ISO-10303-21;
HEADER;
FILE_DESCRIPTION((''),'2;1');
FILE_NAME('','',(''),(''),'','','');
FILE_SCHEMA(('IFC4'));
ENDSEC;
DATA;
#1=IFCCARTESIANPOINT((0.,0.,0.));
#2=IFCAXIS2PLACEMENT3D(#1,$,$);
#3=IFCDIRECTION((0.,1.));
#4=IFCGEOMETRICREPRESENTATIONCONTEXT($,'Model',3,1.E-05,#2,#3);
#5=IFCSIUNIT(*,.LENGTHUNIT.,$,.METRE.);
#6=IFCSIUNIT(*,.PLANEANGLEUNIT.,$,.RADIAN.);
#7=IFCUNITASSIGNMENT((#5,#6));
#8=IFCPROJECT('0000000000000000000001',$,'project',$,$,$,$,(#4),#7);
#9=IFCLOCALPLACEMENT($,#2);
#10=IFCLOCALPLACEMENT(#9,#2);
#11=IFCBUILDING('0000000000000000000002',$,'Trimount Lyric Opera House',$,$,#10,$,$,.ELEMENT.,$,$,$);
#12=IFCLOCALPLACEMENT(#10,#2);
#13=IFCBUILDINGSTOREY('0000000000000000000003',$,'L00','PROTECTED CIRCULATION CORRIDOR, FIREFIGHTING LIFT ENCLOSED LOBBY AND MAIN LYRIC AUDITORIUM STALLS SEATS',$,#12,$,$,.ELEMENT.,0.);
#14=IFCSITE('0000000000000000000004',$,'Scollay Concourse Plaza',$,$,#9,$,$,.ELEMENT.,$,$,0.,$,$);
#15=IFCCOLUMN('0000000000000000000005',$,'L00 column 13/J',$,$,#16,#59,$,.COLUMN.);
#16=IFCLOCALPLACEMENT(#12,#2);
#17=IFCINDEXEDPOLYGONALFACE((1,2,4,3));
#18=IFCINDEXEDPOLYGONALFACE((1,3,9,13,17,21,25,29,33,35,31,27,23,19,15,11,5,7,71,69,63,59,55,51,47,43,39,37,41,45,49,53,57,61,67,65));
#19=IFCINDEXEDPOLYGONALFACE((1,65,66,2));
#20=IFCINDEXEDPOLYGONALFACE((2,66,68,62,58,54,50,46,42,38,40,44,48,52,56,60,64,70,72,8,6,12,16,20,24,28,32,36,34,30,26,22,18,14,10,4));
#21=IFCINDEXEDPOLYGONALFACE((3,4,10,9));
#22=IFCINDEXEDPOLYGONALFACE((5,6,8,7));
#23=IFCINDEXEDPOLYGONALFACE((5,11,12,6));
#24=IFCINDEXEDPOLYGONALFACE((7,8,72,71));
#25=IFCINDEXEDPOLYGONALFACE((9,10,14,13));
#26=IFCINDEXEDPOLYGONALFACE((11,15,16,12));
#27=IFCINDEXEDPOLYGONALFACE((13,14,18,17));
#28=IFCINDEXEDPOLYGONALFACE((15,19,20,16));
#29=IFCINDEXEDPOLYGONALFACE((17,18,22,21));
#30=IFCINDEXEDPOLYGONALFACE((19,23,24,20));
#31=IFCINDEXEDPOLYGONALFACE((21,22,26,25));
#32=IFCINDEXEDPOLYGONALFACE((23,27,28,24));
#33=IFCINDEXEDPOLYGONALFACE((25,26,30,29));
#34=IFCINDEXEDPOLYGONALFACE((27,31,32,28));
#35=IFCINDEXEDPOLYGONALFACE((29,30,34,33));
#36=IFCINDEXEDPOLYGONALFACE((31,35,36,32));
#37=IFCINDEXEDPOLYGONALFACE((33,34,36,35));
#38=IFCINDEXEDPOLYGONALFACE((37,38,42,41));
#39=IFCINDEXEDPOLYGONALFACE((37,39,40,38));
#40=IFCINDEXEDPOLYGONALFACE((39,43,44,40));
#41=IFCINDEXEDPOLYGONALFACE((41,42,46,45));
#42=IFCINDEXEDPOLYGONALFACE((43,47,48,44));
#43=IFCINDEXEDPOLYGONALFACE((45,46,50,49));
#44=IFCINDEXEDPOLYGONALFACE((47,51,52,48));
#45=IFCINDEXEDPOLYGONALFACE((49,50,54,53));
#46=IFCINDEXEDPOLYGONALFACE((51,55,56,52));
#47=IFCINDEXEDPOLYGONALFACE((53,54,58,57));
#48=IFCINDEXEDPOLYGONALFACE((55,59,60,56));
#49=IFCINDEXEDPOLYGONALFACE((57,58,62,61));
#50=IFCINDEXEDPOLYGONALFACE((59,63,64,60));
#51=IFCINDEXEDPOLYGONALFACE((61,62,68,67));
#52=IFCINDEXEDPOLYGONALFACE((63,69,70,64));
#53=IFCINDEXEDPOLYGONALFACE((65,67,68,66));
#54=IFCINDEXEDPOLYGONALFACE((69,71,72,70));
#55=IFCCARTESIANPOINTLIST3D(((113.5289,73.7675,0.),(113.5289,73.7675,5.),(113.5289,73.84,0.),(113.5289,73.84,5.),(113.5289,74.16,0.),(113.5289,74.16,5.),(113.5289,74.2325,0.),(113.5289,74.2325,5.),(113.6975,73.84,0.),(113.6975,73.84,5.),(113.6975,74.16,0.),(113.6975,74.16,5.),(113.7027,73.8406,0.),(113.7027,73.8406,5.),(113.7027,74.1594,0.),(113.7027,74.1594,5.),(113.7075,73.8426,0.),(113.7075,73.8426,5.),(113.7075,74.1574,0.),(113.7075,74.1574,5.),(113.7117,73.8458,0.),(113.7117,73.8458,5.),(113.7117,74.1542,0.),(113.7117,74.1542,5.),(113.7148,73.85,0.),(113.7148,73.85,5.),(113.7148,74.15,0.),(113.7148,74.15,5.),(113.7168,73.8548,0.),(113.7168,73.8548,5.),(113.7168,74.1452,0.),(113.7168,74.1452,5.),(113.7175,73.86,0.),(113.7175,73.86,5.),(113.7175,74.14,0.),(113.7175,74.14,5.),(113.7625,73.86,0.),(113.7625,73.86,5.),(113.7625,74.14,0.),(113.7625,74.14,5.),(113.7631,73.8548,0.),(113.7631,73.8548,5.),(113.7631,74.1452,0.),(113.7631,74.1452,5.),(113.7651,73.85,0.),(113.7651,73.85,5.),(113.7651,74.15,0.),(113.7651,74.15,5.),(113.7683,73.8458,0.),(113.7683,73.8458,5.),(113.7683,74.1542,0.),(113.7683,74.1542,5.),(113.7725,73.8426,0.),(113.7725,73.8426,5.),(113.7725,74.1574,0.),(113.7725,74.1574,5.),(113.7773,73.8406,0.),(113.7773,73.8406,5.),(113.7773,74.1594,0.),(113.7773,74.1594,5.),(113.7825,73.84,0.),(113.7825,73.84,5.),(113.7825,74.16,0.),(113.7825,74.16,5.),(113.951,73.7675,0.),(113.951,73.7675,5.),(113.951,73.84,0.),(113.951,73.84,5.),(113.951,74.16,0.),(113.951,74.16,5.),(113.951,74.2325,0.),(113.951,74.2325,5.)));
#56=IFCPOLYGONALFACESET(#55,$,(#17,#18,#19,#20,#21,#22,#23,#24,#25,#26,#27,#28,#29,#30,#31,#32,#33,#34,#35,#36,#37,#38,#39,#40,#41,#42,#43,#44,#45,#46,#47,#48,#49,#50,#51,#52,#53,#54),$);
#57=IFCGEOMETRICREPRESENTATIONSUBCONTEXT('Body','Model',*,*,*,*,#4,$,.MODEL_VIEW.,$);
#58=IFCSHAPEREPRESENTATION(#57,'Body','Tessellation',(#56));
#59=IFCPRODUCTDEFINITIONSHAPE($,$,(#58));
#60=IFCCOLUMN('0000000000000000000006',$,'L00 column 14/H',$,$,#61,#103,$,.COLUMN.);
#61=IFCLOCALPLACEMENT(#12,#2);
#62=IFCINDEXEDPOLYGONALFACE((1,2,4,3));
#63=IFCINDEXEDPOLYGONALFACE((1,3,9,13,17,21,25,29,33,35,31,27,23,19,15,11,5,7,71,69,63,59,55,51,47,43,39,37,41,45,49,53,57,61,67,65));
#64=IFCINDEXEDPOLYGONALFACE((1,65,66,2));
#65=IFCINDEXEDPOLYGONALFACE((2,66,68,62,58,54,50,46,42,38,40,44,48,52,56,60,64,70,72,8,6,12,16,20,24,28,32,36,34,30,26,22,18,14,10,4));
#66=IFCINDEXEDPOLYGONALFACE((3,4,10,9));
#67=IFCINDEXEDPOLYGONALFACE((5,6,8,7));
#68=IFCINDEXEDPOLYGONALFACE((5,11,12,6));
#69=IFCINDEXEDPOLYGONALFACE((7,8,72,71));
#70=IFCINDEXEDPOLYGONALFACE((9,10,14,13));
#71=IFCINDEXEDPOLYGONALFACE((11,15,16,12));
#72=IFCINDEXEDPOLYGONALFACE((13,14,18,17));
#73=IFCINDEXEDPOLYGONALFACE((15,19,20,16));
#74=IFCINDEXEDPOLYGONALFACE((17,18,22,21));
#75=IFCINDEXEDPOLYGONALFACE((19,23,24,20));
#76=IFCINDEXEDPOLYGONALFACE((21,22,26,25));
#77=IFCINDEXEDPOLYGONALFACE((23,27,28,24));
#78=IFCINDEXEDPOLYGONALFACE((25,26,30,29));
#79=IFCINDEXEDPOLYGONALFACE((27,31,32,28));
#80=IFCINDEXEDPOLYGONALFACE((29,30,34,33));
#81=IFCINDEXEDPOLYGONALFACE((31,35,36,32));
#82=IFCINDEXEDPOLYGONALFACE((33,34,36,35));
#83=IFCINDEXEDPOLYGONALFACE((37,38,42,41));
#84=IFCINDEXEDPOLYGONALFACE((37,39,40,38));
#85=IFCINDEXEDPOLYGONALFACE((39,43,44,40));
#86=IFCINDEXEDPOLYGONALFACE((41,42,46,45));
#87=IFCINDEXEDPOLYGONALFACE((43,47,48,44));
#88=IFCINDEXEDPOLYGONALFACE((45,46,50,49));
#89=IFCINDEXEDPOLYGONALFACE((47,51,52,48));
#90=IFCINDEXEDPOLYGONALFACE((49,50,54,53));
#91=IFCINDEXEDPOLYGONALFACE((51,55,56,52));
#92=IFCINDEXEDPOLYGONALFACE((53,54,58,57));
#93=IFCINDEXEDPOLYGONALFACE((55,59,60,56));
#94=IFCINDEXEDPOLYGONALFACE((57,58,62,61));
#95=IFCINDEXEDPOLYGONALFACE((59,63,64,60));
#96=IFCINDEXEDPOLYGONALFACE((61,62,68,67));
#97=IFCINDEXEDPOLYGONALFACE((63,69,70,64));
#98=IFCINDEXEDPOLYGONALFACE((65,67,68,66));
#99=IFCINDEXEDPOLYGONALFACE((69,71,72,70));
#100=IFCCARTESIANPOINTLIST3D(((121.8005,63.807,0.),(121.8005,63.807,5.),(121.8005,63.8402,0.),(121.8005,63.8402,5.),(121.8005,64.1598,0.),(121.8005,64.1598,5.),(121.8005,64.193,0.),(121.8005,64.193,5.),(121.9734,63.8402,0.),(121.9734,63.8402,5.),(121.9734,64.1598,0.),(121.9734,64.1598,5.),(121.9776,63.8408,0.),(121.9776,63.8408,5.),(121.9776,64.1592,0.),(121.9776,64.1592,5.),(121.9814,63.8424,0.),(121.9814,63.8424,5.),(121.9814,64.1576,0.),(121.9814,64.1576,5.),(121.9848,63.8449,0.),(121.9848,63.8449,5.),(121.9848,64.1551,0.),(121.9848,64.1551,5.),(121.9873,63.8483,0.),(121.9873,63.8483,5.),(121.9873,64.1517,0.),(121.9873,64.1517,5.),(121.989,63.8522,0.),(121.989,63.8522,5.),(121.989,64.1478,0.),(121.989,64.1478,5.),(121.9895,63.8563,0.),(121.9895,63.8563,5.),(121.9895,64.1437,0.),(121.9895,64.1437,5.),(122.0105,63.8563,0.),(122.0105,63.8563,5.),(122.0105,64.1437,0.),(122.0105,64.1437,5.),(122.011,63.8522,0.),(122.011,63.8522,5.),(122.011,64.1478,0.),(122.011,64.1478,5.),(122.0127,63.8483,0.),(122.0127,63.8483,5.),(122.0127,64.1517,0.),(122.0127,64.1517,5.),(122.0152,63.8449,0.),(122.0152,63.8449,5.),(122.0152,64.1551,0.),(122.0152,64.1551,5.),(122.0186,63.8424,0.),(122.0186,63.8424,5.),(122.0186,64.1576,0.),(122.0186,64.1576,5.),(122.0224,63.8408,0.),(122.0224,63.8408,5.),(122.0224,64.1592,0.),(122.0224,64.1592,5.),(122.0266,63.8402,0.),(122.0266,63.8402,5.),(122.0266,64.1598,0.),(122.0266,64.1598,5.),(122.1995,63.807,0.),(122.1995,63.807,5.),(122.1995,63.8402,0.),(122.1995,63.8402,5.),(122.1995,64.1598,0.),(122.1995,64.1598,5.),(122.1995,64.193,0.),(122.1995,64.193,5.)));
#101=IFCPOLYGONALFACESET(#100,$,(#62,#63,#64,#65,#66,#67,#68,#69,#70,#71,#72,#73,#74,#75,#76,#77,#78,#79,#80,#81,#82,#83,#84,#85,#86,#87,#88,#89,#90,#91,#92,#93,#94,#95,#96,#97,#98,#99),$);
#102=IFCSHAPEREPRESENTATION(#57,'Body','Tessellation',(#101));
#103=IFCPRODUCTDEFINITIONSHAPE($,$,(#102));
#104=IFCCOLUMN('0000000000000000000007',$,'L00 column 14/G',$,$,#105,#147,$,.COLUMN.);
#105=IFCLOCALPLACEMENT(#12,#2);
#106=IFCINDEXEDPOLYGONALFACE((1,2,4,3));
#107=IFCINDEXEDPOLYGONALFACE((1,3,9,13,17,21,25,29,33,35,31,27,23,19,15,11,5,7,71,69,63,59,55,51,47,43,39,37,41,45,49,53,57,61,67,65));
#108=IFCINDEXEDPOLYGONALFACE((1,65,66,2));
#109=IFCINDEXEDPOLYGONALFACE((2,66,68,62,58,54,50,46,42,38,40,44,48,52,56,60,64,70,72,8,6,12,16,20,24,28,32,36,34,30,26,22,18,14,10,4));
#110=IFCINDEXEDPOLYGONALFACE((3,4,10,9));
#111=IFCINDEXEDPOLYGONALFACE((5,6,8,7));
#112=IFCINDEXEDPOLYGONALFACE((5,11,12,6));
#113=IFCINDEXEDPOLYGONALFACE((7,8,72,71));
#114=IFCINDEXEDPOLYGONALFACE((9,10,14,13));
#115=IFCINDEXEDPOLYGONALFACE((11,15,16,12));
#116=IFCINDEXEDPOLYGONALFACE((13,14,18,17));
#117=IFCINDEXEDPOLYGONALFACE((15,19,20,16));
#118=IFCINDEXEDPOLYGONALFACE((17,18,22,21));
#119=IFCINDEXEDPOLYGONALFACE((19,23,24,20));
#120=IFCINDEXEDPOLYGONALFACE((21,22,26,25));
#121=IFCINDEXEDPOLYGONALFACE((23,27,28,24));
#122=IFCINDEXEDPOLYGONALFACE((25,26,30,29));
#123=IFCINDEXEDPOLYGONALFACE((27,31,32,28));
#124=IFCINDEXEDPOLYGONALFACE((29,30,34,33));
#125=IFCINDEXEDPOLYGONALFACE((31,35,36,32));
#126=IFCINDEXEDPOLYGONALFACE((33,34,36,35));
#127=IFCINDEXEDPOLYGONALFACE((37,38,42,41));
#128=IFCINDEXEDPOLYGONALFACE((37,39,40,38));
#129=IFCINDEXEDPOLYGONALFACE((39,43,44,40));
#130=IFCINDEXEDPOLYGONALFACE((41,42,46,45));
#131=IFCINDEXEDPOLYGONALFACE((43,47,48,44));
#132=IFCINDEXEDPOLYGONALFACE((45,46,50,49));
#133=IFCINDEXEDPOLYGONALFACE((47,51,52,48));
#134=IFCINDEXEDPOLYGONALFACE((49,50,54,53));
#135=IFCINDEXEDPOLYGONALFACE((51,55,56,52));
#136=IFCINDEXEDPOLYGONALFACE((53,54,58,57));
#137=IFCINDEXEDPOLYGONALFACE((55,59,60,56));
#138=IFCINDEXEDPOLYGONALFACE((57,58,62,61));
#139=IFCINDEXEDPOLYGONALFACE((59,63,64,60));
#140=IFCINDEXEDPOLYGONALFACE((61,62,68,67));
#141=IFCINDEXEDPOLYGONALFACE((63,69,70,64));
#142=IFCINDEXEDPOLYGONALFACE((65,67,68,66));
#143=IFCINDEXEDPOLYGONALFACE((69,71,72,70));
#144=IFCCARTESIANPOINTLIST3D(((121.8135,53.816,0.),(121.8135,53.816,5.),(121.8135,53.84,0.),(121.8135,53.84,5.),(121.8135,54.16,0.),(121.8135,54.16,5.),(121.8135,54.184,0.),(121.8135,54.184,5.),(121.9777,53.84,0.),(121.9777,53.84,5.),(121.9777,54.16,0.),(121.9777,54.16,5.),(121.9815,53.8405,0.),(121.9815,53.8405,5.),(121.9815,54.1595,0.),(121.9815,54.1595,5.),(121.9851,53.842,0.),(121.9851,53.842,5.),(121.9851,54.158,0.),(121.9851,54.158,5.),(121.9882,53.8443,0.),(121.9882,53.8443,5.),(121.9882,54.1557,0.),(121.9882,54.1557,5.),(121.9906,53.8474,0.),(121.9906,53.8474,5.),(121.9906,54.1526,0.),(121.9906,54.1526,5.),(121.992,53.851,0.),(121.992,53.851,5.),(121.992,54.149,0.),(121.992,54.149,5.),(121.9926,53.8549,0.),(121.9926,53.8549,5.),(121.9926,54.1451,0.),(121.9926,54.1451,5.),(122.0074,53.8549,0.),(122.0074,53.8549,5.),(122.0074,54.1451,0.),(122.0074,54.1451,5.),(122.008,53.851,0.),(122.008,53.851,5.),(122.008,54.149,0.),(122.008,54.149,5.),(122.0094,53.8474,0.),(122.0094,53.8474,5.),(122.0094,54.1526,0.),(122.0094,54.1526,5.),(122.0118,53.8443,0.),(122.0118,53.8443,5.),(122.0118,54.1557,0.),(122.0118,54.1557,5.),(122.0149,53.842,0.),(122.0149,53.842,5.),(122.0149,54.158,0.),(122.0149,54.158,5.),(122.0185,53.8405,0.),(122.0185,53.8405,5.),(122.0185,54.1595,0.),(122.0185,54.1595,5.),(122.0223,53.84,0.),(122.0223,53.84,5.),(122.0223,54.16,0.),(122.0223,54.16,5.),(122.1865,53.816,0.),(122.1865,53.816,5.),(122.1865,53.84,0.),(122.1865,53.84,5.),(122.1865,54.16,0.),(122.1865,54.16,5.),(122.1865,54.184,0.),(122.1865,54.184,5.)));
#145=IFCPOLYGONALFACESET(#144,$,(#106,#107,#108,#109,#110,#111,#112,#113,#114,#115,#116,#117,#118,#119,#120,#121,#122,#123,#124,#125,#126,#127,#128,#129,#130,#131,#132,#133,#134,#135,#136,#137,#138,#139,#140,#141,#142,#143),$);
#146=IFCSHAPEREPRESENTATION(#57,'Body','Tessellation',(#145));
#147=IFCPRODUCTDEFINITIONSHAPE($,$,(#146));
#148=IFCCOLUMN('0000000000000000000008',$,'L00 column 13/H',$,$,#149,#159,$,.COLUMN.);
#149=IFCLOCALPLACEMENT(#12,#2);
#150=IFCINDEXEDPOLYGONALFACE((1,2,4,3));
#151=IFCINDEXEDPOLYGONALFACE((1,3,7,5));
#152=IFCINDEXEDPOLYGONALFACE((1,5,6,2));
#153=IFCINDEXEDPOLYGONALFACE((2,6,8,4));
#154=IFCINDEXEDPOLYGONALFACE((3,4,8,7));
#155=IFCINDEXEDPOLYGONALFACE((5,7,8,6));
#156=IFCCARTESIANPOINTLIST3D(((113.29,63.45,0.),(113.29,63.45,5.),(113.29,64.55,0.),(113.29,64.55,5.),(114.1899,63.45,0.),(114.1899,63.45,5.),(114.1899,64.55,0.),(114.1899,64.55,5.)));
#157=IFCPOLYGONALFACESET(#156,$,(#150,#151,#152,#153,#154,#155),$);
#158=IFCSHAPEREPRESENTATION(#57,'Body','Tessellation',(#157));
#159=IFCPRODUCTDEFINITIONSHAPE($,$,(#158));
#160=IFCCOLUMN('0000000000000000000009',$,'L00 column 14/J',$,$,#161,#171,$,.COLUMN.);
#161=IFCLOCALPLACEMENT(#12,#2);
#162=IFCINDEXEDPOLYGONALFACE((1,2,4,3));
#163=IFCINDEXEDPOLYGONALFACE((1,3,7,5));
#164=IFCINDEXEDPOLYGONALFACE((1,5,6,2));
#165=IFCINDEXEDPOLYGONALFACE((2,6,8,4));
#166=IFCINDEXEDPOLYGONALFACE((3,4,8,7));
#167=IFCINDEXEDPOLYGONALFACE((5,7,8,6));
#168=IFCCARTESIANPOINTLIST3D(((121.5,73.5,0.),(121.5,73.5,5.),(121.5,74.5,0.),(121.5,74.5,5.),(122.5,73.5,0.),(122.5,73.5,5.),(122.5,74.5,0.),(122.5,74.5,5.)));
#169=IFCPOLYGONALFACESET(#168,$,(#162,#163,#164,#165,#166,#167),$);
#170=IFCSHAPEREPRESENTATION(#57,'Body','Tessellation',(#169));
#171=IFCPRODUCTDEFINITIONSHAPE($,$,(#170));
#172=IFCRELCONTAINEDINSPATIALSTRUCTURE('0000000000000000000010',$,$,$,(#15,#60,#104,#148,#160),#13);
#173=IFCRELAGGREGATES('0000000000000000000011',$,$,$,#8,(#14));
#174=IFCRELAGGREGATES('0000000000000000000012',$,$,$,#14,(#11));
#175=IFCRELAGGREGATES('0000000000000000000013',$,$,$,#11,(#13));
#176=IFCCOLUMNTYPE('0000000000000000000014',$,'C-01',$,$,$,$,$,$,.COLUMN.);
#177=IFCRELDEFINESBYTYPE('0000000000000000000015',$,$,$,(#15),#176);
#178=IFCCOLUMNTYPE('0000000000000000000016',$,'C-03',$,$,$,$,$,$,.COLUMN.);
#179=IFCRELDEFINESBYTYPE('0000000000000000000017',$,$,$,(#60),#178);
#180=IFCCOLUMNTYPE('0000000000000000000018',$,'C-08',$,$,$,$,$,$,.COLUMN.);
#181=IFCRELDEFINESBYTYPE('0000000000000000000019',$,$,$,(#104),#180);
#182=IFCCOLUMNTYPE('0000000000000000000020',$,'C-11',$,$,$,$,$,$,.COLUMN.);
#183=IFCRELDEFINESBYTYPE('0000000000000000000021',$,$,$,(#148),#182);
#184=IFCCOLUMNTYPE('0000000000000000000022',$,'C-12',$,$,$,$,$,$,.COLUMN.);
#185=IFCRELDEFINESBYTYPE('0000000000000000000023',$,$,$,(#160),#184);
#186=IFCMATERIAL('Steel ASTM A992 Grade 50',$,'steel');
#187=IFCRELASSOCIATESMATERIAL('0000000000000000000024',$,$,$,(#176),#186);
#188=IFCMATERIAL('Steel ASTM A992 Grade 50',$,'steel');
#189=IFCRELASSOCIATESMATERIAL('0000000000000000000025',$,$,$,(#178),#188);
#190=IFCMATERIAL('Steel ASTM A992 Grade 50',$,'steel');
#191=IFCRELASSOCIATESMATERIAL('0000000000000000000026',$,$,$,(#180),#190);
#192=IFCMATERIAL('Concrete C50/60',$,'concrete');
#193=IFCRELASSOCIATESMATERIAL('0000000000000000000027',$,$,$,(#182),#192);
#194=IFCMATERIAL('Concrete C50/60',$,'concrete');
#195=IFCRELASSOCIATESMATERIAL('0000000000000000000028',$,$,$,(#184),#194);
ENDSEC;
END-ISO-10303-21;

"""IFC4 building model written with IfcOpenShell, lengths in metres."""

from ifc_helpers import new_model, si_unit, direction, frame, origin, origin_2d, place, context, subcontext, project, spatial, rectangle, i_section, extrude, material, material_profile, profile_set, type_object, element, save


model = new_model("IFC4")

# Units and contexts
model_context = context("Model", 3, precision=1e-05, world=origin(), true_north=direction((0.0, 1.0)))
body_context = subcontext(model_context, "Body", "Model", "MODEL_VIEW")
ifc_project = project(units=[si_unit("LENGTHUNIT", "METRE"), si_unit("PLANEANGLEUNIT", "RADIAN")], contexts=[model_context])

# Site, building, storey
site_placement = place(None, origin())
site = spatial("IfcSite", under=ifc_project, at=site_placement, Name="Scollay Concourse Plaza", CompositionType="ELEMENT", RefElevation=0.0)
building_placement = place(site_placement, origin())
building = spatial("IfcBuilding", under=site, at=building_placement, Name="Trimount Lyric Opera House", CompositionType="ELEMENT")
storey_placement = place(building_placement, origin())
storey = spatial("IfcBuildingStorey", under=building, at=storey_placement, Name="L00", Description="PROTECTED CIRCULATION CORRIDOR, FIREFIGHTING LIFT ENCLOSED LOBBY AND MAIN LYRIC AUDITORIUM STALLS SEATS", CompositionType="ELEMENT", Elevation=0.0)

# Columns
ifc_material_1 = material(Name="Steel ASTM A992 Grade 50", Category="steel")
ifc_material_profile_1 = material_profile(ifc_material_1, i_section(OverallWidth=0.4221, OverallDepth=0.4651, WebThickness=0.0449, FlangeThickness=0.0725, FilletRadius=0.02, at=origin_2d()), Name="W14X398")
ifc_profile_set_1 = profile_set([ifc_material_profile_1], Name="Steel ASTM A992 Grade 50")
column_type_1 = type_object("IfcColumnType", Name="C-01", PredefinedType="COLUMN", material=ifc_profile_set_1)
column_1_placement = place(storey_placement, frame((113.74, 74.0, 0.0), z_axis=(0.0, 0.0, 1.0), x_axis=(1.0, 0.0, 0.0)))
element("IfcColumn", 1, at=column_1_placement, inside=storey, type_object=column_type_1, Name="L00 column 13/J", PredefinedType="COLUMN", context=body_context, shape_type="SweptSolid", body=[
    extrude(i_section(OverallWidth=0.4221, OverallDepth=0.4651, WebThickness=0.0449, FlangeThickness=0.0725, FilletRadius=0.02, at=origin_2d()), origin(), (0.0, 0.0, 1.0), 5.0),
])
ifc_material_2 = material(Name="Steel ASTM A992 Grade 50", Category="steel")
ifc_material_profile_2 = material_profile(ifc_material_2, i_section(OverallWidth=0.3989, OverallDepth=0.386, WebThickness=0.021, FlangeThickness=0.0332, FilletRadius=0.0161, at=origin_2d()), Name="W14X176")
ifc_profile_set_2 = profile_set([ifc_material_profile_2], Name="Steel ASTM A992 Grade 50")
column_type_2 = type_object("IfcColumnType", Name="C-03", PredefinedType="COLUMN", material=ifc_profile_set_2)
column_2_placement = place(storey_placement, frame((122.0, 64.0, 0.0), z_axis=(0.0, 0.0, 1.0), x_axis=(1.0, 0.0, 0.0)))
element("IfcColumn", 2, at=column_2_placement, inside=storey, type_object=column_type_2, Name="L00 column 14/H", PredefinedType="COLUMN", context=body_context, shape_type="SweptSolid", body=[
    extrude(i_section(OverallWidth=0.3989, OverallDepth=0.386, WebThickness=0.021, FlangeThickness=0.0332, FilletRadius=0.0161, at=origin_2d()), origin(), (0.0, 0.0, 1.0), 5.0),
])
ifc_material_3 = material(Name="Steel ASTM A992 Grade 50", Category="steel")
ifc_material_profile_3 = material_profile(ifc_material_3, i_section(OverallWidth=0.373, OverallDepth=0.3679, WebThickness=0.0149, FlangeThickness=0.0239, FilletRadius=0.0149, at=origin_2d()), Name="W14X120")
ifc_profile_set_3 = profile_set([ifc_material_profile_3], Name="Steel ASTM A992 Grade 50")
column_type_3 = type_object("IfcColumnType", Name="C-08", PredefinedType="COLUMN", material=ifc_profile_set_3)
column_3_placement = place(storey_placement, frame((122.0, 54.0, 0.0), z_axis=(0.0, 0.0, 1.0), x_axis=(1.0, 0.0, 0.0)))
element("IfcColumn", 3, at=column_3_placement, inside=storey, type_object=column_type_3, Name="L00 column 14/G", PredefinedType="COLUMN", context=body_context, shape_type="SweptSolid", body=[
    extrude(i_section(OverallWidth=0.373, OverallDepth=0.3679, WebThickness=0.0149, FlangeThickness=0.0239, FilletRadius=0.0149, at=origin_2d()), origin(), (0.0, 0.0, 1.0), 5.0),
])
ifc_material_4 = material(Name="Concrete C50/60", Category="concrete")
ifc_material_profile_4 = material_profile(ifc_material_4, rectangle(XDim=0.8999, YDim=1.1001, at=origin_2d()), Name="RC1100X900")
ifc_profile_set_4 = profile_set([ifc_material_profile_4], Name="Concrete C50/60")
column_type_4 = type_object("IfcColumnType", Name="C-11", PredefinedType="COLUMN", material=ifc_profile_set_4)
column_4_placement = place(storey_placement, frame((113.74, 64.0, 0.0), z_axis=(0.0, 0.0, 1.0), x_axis=(1.0, 0.0, 0.0)))
element("IfcColumn", 4, at=column_4_placement, inside=storey, type_object=column_type_4, Name="L00 column 13/H", PredefinedType="COLUMN", context=body_context, shape_type="SweptSolid", body=[
    extrude(rectangle(XDim=0.8999, YDim=1.1001, at=origin_2d()), origin(), (0.0, 0.0, 1.0), 5.0),
])
ifc_material_5 = material(Name="Concrete C50/60", Category="concrete")
ifc_material_profile_5 = material_profile(ifc_material_5, rectangle(XDim=1.0, YDim=1.0, at=origin_2d()), Name="RC1000X1000")
ifc_profile_set_5 = profile_set([ifc_material_profile_5], Name="Concrete C50/60")
column_type_5 = type_object("IfcColumnType", Name="C-12", PredefinedType="COLUMN", material=ifc_profile_set_5)
column_5_placement = place(storey_placement, frame((122.0, 74.0, 0.0), z_axis=(0.0, 0.0, 1.0), x_axis=(1.0, 0.0, 0.0)))
element("IfcColumn", 5, at=column_5_placement, inside=storey, type_object=column_type_5, Name="L00 column 14/J", PredefinedType="COLUMN", context=body_context, shape_type="SweptSolid", body=[
    extrude(rectangle(XDim=1.0, YDim=1.0, at=origin_2d()), origin(), (0.0, 0.0, 1.0), 5.0),
])

save(model, "model.ifc")
